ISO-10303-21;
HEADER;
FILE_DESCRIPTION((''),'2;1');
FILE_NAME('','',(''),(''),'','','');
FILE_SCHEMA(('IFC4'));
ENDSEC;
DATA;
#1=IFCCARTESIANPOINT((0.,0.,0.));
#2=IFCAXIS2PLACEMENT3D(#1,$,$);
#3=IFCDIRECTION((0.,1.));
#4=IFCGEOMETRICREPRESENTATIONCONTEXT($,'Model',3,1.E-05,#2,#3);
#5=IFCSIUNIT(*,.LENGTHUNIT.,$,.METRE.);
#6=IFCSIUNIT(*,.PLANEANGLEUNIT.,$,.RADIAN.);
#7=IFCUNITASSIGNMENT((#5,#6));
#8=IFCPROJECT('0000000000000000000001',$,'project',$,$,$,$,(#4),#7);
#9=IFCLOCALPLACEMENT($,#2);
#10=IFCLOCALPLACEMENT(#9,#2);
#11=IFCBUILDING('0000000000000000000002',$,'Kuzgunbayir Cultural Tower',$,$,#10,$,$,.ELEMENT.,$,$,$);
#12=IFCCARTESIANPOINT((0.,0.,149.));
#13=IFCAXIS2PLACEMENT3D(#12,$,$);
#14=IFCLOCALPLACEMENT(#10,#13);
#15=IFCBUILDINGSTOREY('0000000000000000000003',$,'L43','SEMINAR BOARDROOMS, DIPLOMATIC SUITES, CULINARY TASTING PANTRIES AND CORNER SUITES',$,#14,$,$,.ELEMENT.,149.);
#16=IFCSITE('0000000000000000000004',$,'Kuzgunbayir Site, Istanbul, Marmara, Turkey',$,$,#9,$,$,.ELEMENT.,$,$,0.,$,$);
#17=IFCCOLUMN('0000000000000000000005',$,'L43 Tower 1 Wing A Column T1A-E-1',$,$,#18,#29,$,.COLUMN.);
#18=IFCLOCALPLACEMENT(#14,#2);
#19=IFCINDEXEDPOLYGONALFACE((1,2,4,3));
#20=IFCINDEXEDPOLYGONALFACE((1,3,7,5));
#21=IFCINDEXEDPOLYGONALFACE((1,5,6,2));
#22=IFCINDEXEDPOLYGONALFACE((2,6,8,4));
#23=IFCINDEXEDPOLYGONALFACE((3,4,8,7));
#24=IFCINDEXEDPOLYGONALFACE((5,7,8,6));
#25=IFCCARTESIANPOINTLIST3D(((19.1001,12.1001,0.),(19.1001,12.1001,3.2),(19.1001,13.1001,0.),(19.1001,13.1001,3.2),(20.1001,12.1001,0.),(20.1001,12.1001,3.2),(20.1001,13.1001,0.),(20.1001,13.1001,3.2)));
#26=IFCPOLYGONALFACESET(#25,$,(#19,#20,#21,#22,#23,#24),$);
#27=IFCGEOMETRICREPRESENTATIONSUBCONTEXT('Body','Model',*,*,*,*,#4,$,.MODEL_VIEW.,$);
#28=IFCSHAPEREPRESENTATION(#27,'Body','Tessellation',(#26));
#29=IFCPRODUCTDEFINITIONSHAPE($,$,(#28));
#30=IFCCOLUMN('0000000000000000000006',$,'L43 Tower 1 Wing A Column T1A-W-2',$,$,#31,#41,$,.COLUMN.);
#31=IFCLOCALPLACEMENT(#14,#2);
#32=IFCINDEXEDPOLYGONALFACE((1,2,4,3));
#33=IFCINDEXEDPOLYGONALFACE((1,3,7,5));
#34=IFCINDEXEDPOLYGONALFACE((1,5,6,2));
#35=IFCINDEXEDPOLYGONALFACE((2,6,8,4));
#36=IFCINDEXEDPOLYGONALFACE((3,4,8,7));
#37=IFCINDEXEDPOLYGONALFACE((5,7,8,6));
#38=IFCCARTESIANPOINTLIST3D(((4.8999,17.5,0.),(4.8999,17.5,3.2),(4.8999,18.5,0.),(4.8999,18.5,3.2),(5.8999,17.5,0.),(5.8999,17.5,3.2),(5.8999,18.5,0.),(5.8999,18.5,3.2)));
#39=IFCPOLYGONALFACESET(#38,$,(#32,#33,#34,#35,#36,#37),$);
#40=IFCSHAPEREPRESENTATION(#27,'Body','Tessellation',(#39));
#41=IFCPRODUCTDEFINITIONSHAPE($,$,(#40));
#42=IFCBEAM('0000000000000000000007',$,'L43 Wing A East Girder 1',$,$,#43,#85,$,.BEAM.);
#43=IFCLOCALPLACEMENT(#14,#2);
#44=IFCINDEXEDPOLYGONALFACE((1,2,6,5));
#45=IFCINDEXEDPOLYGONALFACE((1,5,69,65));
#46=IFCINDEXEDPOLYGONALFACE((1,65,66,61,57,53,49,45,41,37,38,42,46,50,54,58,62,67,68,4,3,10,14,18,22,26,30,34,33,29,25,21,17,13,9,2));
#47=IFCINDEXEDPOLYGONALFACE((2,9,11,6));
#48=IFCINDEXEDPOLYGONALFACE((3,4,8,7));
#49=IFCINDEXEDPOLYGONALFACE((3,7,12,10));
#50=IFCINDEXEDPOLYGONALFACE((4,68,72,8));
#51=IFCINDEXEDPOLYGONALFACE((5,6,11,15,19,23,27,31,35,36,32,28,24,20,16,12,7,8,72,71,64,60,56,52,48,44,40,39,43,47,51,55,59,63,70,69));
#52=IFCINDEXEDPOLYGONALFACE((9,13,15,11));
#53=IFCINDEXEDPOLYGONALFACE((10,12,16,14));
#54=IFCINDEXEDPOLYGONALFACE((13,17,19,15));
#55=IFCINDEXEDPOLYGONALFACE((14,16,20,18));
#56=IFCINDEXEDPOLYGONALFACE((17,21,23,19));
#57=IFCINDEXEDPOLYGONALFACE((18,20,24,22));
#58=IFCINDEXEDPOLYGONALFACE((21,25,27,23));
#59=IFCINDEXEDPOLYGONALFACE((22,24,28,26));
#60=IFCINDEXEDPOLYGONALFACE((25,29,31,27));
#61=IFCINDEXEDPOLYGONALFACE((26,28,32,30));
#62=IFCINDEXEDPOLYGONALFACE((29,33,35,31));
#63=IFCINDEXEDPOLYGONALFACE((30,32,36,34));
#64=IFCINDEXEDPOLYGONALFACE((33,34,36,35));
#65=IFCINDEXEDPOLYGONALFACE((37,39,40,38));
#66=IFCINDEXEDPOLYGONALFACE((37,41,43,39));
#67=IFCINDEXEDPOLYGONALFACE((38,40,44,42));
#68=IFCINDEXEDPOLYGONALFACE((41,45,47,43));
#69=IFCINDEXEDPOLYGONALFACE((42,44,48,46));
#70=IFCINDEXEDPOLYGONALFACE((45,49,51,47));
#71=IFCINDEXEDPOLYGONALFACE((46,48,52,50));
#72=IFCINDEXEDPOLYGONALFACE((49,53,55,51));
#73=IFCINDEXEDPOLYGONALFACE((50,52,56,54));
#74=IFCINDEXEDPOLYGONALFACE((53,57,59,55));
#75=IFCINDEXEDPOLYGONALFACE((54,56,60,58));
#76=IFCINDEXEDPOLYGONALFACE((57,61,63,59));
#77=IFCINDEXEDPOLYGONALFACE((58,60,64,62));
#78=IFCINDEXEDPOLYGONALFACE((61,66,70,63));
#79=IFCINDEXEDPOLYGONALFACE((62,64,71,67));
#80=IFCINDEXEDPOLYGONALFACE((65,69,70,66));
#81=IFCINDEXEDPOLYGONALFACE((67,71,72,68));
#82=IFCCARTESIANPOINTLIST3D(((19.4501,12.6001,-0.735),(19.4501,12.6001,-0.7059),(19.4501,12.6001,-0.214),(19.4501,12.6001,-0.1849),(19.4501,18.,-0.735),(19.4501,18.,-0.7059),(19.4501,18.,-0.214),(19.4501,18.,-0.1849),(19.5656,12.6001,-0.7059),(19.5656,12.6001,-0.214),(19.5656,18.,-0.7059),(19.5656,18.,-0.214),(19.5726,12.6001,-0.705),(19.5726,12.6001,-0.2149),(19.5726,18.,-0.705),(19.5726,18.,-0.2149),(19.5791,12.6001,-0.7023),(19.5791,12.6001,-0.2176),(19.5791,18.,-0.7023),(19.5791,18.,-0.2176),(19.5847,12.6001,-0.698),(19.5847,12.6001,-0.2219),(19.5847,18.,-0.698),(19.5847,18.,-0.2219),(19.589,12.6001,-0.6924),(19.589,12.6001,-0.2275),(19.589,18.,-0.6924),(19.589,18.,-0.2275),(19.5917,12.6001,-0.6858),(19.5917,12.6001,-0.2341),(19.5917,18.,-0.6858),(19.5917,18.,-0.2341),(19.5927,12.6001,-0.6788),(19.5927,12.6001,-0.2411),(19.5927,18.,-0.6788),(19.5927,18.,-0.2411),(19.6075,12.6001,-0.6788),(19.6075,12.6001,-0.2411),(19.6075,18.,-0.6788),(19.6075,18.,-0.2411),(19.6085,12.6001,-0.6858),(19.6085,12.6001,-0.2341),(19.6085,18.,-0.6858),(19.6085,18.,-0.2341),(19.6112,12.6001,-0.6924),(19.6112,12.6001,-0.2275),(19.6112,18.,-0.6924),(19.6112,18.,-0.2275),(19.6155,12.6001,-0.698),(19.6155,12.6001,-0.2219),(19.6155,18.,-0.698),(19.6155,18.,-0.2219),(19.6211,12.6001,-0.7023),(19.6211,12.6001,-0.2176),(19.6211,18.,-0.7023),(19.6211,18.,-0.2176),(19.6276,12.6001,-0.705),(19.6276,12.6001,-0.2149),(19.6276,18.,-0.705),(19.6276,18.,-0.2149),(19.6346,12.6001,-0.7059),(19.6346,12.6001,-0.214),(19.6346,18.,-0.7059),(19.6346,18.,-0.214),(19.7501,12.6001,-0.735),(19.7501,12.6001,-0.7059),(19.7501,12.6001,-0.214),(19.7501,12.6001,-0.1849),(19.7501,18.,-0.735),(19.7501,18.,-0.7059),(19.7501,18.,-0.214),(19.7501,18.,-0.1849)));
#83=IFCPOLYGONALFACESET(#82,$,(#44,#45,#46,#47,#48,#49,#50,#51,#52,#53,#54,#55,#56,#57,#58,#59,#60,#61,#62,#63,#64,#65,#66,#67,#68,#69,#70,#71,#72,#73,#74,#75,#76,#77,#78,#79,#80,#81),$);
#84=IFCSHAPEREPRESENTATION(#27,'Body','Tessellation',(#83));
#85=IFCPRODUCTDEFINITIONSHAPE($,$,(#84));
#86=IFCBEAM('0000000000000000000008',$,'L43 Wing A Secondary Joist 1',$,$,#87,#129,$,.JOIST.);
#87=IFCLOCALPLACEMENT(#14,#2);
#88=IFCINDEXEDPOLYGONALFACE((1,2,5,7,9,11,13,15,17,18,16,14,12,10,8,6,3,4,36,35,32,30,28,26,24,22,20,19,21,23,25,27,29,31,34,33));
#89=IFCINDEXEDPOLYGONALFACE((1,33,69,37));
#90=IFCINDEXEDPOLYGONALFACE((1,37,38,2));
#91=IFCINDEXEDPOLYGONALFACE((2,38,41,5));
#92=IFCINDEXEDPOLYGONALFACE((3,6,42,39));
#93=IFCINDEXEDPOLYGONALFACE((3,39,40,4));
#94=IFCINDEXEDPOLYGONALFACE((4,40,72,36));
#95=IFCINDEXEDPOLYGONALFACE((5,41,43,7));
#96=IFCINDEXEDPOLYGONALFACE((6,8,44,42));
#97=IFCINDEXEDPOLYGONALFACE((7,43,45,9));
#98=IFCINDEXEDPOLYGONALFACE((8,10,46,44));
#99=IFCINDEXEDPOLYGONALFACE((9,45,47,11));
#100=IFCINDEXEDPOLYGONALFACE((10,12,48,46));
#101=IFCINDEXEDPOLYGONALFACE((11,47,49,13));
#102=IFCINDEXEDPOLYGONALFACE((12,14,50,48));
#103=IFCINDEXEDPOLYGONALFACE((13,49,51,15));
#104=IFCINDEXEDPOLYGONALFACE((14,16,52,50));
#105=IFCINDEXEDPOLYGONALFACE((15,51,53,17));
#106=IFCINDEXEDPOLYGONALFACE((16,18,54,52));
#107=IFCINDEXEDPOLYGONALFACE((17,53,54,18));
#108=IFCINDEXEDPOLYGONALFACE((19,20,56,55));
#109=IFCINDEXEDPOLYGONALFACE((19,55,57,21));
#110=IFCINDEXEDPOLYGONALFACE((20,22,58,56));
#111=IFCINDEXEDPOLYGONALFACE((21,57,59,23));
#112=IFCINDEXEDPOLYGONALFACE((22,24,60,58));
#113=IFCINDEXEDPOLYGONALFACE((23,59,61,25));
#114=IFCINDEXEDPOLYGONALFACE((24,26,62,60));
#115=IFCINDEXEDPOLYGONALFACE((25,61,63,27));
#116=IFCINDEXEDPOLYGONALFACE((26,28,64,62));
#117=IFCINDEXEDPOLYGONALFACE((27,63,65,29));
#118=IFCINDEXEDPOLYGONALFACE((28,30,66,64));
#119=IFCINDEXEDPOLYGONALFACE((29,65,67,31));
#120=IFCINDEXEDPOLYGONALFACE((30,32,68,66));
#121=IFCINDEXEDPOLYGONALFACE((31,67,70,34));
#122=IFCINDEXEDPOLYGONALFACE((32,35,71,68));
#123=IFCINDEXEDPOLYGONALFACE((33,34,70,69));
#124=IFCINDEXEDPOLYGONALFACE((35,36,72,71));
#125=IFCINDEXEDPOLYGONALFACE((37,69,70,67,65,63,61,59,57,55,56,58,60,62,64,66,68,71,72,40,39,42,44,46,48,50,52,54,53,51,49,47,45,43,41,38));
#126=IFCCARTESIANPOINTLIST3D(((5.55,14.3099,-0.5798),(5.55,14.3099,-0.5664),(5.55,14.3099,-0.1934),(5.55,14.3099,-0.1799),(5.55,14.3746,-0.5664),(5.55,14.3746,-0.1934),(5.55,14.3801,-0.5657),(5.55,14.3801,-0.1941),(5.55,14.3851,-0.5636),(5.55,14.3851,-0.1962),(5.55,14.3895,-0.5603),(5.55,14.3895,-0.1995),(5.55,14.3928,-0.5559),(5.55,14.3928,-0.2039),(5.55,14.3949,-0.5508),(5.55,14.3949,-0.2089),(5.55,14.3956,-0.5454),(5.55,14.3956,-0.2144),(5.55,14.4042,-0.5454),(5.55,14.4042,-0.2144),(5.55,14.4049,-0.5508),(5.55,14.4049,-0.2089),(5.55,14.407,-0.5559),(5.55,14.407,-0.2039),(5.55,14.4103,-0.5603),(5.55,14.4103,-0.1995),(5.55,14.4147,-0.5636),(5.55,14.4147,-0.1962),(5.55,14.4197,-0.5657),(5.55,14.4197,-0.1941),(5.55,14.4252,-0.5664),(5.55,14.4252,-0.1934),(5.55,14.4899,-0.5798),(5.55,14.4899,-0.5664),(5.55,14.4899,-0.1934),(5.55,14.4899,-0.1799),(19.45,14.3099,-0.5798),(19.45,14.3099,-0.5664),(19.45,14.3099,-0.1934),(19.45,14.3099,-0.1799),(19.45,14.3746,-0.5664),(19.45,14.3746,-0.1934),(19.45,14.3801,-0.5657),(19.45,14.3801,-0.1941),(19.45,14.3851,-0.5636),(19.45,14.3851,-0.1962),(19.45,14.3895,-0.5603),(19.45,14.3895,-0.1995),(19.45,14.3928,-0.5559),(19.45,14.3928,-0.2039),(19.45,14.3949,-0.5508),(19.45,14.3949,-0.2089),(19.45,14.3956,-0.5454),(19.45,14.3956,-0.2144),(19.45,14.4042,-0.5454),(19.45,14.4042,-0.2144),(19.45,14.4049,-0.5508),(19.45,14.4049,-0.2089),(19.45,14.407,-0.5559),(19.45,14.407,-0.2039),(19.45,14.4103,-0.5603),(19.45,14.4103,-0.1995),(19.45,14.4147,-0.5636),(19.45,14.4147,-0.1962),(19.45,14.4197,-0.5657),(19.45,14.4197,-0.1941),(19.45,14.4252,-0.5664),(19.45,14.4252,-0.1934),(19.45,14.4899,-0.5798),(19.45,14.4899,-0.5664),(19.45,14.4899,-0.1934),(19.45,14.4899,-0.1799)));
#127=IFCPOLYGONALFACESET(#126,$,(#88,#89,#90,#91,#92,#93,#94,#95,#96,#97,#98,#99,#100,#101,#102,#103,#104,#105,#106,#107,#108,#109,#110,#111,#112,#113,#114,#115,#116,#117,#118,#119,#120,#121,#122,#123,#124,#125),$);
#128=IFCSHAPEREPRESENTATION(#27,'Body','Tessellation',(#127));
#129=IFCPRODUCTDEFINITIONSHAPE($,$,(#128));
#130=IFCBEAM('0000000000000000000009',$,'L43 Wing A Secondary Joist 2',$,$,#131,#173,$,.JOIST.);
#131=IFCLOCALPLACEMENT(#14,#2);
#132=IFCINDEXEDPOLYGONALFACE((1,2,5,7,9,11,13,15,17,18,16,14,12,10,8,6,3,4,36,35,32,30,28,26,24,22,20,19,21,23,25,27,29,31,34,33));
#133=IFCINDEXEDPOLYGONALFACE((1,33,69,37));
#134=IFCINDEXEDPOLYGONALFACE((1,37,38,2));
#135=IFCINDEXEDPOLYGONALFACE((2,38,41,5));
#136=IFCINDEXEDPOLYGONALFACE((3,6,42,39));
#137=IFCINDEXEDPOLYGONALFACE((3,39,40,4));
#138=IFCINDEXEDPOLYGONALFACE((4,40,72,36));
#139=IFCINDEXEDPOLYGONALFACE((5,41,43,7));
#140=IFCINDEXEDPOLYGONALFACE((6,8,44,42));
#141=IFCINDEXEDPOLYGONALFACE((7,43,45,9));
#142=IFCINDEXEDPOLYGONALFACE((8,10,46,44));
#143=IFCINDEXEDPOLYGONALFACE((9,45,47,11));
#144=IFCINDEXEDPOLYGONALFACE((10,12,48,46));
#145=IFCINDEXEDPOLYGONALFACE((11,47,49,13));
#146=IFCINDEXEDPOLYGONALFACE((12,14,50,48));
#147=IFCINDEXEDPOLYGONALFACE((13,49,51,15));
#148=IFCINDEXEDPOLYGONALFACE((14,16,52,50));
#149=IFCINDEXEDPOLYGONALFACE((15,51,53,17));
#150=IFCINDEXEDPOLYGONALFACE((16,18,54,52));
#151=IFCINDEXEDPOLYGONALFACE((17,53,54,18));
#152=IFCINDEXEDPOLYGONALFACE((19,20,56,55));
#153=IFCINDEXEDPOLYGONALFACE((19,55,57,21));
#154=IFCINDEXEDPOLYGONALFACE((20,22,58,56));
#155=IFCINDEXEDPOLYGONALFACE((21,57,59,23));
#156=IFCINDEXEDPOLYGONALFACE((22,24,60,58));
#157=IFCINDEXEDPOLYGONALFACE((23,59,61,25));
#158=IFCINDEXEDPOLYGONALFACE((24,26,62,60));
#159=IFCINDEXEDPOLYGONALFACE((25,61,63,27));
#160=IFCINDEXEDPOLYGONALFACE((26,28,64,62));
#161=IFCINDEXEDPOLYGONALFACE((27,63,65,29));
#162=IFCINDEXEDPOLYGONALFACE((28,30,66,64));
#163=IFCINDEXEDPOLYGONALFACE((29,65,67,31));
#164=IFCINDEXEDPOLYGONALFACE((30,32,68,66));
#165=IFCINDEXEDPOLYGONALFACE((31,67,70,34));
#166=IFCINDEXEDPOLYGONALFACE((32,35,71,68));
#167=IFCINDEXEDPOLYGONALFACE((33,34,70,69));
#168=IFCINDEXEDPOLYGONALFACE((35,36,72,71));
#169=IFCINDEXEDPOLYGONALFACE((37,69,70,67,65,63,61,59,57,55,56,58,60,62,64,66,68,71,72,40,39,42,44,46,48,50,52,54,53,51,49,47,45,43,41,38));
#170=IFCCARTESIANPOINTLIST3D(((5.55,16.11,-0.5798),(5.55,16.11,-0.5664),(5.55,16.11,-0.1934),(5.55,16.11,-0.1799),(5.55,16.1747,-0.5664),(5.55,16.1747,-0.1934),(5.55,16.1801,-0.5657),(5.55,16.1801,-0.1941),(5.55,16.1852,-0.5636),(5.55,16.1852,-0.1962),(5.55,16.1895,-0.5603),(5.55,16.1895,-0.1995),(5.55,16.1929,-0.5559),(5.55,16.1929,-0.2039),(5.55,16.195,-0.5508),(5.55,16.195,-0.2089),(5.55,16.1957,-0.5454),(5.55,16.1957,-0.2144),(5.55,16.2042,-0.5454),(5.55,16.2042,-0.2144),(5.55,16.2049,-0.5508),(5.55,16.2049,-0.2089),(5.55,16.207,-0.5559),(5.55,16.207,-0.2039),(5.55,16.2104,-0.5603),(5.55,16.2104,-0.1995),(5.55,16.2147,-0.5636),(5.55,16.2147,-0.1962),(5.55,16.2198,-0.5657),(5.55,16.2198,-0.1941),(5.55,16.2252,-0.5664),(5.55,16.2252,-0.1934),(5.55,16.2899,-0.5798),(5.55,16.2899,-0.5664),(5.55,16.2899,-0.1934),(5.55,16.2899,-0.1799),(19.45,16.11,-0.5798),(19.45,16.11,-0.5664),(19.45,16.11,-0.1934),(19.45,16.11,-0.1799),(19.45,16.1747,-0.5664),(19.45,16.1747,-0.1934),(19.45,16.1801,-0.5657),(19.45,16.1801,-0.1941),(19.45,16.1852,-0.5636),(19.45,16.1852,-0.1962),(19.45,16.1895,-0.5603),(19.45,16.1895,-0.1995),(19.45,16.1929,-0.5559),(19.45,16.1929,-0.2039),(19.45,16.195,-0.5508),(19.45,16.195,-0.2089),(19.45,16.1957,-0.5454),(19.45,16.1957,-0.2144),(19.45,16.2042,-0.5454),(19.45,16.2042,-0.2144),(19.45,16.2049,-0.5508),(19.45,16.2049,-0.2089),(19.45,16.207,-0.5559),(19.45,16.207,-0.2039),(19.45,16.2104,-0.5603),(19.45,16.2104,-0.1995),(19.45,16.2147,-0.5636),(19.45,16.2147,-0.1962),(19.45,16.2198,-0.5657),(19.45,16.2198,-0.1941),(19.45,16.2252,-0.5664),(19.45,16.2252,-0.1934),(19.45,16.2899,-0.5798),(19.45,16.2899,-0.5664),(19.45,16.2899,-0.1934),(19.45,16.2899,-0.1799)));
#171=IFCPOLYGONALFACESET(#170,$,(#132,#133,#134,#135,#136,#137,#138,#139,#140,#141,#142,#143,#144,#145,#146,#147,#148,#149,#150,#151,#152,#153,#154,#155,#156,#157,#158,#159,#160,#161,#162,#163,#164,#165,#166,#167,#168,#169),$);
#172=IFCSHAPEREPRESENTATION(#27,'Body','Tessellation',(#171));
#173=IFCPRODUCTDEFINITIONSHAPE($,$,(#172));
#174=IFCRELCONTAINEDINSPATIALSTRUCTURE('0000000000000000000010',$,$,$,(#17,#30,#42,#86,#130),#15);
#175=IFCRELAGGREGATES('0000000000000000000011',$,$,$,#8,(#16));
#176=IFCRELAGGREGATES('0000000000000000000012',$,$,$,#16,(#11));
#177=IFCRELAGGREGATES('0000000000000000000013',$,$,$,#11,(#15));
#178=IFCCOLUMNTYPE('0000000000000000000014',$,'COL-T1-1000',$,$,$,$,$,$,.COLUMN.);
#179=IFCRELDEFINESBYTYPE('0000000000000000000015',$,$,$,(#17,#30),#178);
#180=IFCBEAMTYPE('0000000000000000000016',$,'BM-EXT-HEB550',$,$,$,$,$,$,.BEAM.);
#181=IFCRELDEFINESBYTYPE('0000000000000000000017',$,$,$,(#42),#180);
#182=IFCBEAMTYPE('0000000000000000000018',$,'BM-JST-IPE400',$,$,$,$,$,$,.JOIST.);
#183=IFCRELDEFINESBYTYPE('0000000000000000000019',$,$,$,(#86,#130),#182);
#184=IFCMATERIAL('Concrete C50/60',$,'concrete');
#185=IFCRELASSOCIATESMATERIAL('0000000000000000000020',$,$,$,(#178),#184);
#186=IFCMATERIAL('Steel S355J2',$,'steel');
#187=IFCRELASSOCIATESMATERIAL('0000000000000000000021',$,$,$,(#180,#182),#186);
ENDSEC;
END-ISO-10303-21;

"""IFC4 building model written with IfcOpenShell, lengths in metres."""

from ifc_helpers import new_model, si_unit, direction, frame, origin, origin_2d, place, context, subcontext, project, spatial, rectangle, i_section, extrude, material, material_profile, profile_set, type_object, element, save


model = new_model("IFC4")

# Units and contexts
model_context = context("Model", 3, precision=1e-05, world=origin(), true_north=direction((0.0, 1.0)))
body_context = subcontext(model_context, "Body", "Model", "MODEL_VIEW")
ifc_project = project(units=[si_unit("LENGTHUNIT", "METRE"), si_unit("PLANEANGLEUNIT", "RADIAN")], contexts=[model_context])

# Site, building, storey
site_placement = place(None, origin())
site = spatial("IfcSite", under=ifc_project, at=site_placement, Name="Kuzgunbayir Site, Istanbul, Marmara, Turkey", CompositionType="ELEMENT", RefElevation=0.0)
building_placement = place(site_placement, origin())
building = spatial("IfcBuilding", under=site, at=building_placement, Name="Kuzgunbayir Cultural Tower", CompositionType="ELEMENT")
storey_placement = place(building_placement, frame((0.0, 0.0, 149.0)))
storey = spatial("IfcBuildingStorey", under=building, at=storey_placement, Name="L43", Description="SEMINAR BOARDROOMS, DIPLOMATIC SUITES, CULINARY TASTING PANTRIES AND CORNER SUITES", CompositionType="ELEMENT", Elevation=149.0)

# Columns
ifc_material_1 = material(Name="Concrete C50/60", Category="concrete")
ifc_material_profile_1 = material_profile(ifc_material_1, rectangle(XDim=1.0, YDim=1.0, at=origin_2d()), Name="RC 1000x1000")
ifc_profile_set_1 = profile_set([ifc_material_profile_1], Name="Concrete C50/60")
column_type = type_object("IfcColumnType", Name="COL-T1-1000", PredefinedType="COLUMN", material=ifc_profile_set_1)
for number, where, z_axis, x_axis, name in (
    (1, (19.6001, 12.6001, 0.0), (0.0, 0.0, 1.0), (1.0, 0.0, 0.0), "L43 Tower 1 Wing A Column T1A-E-1"),
    (2, (5.3999, 18.0, 0.0), (0.0, 0.0, 1.0), (1.0, 0.0, 0.0), "L43 Tower 1 Wing A Column T1A-W-2"),
):
    element("IfcColumn", number, at=place(storey_placement, frame(where, z_axis=z_axis, x_axis=x_axis)), inside=storey, type_object=column_type, Name=name, PredefinedType="COLUMN", context=body_context, shape_type="SweptSolid", body=[
        extrude(rectangle(XDim=1.0, YDim=1.0, at=origin_2d()), origin(), (0.0, 0.0, 1.0), 3.2),
    ])

# Beams
ifc_material_2 = material(Name="Steel S355J2", Category="steel")
ifc_material_profile_2 = material_profile(ifc_material_2, i_section(OverallWidth=0.3, OverallDepth=0.55, WebThickness=0.0149, FlangeThickness=0.0291, FilletRadius=0.0271, at=origin_2d()), Name="HEB 550")
ifc_profile_set_2 = profile_set([ifc_material_profile_2], Name="Steel S355J2")
beam_type_1 = type_object("IfcBeamType", Name="BM-EXT-HEB550", PredefinedType="BEAM", material=ifc_profile_set_2)
beam_placement = place(storey_placement, frame((19.6001, 12.6001, -0.46), z_axis=(0.0, 1.0, 0.0), x_axis=(-1.0, 0.0, 0.0)))
element("IfcBeam", 3, at=beam_placement, inside=storey, type_object=beam_type_1, Name="L43 Wing A East Girder 1", PredefinedType="BEAM", context=body_context, shape_type="SweptSolid", body=[
    extrude(i_section(OverallWidth=0.3, OverallDepth=0.55, WebThickness=0.0149, FlangeThickness=0.0291, FilletRadius=0.0271, at=origin_2d()), origin(), (0.0, 0.0, 1.0), 5.3999),
])
ifc_material_profile_3 = material_profile(ifc_material_2, i_section(OverallWidth=0.1799, OverallDepth=0.3999, WebThickness=0.0085, FlangeThickness=0.0134, FilletRadius=0.021, at=origin_2d()), Name="IPE 400")
ifc_profile_set_3 = profile_set([ifc_material_profile_3], Name="Steel S355J2")
beam_type_2 = type_object("IfcBeamType", Name="BM-JST-IPE400", PredefinedType="JOIST", material=ifc_profile_set_3)
for number, where, z_axis, x_axis, name in (
    (4, (5.55, 14.3999, -0.3799), (1.0, 0.0, 0.0), (0.0, 1.0, 0.0), "L43 Wing A Secondary Joist 1"),
    (5, (5.55, 16.2, -0.3799), (1.0, 0.0, 0.0), (0.0, 1.0, 0.0), "L43 Wing A Secondary Joist 2"),
):
    element("IfcBeam", number, at=place(storey_placement, frame(where, z_axis=z_axis, x_axis=x_axis)), inside=storey, type_object=beam_type_2, Name=name, PredefinedType="JOIST", context=body_context, shape_type="SweptSolid", body=[
        extrude(i_section(OverallWidth=0.1799, OverallDepth=0.3999, WebThickness=0.0085, FlangeThickness=0.0134, FilletRadius=0.021, at=origin_2d()), origin(), (0.0, 0.0, 1.0), 13.8999),
    ])

save(model, "model.ifc")
